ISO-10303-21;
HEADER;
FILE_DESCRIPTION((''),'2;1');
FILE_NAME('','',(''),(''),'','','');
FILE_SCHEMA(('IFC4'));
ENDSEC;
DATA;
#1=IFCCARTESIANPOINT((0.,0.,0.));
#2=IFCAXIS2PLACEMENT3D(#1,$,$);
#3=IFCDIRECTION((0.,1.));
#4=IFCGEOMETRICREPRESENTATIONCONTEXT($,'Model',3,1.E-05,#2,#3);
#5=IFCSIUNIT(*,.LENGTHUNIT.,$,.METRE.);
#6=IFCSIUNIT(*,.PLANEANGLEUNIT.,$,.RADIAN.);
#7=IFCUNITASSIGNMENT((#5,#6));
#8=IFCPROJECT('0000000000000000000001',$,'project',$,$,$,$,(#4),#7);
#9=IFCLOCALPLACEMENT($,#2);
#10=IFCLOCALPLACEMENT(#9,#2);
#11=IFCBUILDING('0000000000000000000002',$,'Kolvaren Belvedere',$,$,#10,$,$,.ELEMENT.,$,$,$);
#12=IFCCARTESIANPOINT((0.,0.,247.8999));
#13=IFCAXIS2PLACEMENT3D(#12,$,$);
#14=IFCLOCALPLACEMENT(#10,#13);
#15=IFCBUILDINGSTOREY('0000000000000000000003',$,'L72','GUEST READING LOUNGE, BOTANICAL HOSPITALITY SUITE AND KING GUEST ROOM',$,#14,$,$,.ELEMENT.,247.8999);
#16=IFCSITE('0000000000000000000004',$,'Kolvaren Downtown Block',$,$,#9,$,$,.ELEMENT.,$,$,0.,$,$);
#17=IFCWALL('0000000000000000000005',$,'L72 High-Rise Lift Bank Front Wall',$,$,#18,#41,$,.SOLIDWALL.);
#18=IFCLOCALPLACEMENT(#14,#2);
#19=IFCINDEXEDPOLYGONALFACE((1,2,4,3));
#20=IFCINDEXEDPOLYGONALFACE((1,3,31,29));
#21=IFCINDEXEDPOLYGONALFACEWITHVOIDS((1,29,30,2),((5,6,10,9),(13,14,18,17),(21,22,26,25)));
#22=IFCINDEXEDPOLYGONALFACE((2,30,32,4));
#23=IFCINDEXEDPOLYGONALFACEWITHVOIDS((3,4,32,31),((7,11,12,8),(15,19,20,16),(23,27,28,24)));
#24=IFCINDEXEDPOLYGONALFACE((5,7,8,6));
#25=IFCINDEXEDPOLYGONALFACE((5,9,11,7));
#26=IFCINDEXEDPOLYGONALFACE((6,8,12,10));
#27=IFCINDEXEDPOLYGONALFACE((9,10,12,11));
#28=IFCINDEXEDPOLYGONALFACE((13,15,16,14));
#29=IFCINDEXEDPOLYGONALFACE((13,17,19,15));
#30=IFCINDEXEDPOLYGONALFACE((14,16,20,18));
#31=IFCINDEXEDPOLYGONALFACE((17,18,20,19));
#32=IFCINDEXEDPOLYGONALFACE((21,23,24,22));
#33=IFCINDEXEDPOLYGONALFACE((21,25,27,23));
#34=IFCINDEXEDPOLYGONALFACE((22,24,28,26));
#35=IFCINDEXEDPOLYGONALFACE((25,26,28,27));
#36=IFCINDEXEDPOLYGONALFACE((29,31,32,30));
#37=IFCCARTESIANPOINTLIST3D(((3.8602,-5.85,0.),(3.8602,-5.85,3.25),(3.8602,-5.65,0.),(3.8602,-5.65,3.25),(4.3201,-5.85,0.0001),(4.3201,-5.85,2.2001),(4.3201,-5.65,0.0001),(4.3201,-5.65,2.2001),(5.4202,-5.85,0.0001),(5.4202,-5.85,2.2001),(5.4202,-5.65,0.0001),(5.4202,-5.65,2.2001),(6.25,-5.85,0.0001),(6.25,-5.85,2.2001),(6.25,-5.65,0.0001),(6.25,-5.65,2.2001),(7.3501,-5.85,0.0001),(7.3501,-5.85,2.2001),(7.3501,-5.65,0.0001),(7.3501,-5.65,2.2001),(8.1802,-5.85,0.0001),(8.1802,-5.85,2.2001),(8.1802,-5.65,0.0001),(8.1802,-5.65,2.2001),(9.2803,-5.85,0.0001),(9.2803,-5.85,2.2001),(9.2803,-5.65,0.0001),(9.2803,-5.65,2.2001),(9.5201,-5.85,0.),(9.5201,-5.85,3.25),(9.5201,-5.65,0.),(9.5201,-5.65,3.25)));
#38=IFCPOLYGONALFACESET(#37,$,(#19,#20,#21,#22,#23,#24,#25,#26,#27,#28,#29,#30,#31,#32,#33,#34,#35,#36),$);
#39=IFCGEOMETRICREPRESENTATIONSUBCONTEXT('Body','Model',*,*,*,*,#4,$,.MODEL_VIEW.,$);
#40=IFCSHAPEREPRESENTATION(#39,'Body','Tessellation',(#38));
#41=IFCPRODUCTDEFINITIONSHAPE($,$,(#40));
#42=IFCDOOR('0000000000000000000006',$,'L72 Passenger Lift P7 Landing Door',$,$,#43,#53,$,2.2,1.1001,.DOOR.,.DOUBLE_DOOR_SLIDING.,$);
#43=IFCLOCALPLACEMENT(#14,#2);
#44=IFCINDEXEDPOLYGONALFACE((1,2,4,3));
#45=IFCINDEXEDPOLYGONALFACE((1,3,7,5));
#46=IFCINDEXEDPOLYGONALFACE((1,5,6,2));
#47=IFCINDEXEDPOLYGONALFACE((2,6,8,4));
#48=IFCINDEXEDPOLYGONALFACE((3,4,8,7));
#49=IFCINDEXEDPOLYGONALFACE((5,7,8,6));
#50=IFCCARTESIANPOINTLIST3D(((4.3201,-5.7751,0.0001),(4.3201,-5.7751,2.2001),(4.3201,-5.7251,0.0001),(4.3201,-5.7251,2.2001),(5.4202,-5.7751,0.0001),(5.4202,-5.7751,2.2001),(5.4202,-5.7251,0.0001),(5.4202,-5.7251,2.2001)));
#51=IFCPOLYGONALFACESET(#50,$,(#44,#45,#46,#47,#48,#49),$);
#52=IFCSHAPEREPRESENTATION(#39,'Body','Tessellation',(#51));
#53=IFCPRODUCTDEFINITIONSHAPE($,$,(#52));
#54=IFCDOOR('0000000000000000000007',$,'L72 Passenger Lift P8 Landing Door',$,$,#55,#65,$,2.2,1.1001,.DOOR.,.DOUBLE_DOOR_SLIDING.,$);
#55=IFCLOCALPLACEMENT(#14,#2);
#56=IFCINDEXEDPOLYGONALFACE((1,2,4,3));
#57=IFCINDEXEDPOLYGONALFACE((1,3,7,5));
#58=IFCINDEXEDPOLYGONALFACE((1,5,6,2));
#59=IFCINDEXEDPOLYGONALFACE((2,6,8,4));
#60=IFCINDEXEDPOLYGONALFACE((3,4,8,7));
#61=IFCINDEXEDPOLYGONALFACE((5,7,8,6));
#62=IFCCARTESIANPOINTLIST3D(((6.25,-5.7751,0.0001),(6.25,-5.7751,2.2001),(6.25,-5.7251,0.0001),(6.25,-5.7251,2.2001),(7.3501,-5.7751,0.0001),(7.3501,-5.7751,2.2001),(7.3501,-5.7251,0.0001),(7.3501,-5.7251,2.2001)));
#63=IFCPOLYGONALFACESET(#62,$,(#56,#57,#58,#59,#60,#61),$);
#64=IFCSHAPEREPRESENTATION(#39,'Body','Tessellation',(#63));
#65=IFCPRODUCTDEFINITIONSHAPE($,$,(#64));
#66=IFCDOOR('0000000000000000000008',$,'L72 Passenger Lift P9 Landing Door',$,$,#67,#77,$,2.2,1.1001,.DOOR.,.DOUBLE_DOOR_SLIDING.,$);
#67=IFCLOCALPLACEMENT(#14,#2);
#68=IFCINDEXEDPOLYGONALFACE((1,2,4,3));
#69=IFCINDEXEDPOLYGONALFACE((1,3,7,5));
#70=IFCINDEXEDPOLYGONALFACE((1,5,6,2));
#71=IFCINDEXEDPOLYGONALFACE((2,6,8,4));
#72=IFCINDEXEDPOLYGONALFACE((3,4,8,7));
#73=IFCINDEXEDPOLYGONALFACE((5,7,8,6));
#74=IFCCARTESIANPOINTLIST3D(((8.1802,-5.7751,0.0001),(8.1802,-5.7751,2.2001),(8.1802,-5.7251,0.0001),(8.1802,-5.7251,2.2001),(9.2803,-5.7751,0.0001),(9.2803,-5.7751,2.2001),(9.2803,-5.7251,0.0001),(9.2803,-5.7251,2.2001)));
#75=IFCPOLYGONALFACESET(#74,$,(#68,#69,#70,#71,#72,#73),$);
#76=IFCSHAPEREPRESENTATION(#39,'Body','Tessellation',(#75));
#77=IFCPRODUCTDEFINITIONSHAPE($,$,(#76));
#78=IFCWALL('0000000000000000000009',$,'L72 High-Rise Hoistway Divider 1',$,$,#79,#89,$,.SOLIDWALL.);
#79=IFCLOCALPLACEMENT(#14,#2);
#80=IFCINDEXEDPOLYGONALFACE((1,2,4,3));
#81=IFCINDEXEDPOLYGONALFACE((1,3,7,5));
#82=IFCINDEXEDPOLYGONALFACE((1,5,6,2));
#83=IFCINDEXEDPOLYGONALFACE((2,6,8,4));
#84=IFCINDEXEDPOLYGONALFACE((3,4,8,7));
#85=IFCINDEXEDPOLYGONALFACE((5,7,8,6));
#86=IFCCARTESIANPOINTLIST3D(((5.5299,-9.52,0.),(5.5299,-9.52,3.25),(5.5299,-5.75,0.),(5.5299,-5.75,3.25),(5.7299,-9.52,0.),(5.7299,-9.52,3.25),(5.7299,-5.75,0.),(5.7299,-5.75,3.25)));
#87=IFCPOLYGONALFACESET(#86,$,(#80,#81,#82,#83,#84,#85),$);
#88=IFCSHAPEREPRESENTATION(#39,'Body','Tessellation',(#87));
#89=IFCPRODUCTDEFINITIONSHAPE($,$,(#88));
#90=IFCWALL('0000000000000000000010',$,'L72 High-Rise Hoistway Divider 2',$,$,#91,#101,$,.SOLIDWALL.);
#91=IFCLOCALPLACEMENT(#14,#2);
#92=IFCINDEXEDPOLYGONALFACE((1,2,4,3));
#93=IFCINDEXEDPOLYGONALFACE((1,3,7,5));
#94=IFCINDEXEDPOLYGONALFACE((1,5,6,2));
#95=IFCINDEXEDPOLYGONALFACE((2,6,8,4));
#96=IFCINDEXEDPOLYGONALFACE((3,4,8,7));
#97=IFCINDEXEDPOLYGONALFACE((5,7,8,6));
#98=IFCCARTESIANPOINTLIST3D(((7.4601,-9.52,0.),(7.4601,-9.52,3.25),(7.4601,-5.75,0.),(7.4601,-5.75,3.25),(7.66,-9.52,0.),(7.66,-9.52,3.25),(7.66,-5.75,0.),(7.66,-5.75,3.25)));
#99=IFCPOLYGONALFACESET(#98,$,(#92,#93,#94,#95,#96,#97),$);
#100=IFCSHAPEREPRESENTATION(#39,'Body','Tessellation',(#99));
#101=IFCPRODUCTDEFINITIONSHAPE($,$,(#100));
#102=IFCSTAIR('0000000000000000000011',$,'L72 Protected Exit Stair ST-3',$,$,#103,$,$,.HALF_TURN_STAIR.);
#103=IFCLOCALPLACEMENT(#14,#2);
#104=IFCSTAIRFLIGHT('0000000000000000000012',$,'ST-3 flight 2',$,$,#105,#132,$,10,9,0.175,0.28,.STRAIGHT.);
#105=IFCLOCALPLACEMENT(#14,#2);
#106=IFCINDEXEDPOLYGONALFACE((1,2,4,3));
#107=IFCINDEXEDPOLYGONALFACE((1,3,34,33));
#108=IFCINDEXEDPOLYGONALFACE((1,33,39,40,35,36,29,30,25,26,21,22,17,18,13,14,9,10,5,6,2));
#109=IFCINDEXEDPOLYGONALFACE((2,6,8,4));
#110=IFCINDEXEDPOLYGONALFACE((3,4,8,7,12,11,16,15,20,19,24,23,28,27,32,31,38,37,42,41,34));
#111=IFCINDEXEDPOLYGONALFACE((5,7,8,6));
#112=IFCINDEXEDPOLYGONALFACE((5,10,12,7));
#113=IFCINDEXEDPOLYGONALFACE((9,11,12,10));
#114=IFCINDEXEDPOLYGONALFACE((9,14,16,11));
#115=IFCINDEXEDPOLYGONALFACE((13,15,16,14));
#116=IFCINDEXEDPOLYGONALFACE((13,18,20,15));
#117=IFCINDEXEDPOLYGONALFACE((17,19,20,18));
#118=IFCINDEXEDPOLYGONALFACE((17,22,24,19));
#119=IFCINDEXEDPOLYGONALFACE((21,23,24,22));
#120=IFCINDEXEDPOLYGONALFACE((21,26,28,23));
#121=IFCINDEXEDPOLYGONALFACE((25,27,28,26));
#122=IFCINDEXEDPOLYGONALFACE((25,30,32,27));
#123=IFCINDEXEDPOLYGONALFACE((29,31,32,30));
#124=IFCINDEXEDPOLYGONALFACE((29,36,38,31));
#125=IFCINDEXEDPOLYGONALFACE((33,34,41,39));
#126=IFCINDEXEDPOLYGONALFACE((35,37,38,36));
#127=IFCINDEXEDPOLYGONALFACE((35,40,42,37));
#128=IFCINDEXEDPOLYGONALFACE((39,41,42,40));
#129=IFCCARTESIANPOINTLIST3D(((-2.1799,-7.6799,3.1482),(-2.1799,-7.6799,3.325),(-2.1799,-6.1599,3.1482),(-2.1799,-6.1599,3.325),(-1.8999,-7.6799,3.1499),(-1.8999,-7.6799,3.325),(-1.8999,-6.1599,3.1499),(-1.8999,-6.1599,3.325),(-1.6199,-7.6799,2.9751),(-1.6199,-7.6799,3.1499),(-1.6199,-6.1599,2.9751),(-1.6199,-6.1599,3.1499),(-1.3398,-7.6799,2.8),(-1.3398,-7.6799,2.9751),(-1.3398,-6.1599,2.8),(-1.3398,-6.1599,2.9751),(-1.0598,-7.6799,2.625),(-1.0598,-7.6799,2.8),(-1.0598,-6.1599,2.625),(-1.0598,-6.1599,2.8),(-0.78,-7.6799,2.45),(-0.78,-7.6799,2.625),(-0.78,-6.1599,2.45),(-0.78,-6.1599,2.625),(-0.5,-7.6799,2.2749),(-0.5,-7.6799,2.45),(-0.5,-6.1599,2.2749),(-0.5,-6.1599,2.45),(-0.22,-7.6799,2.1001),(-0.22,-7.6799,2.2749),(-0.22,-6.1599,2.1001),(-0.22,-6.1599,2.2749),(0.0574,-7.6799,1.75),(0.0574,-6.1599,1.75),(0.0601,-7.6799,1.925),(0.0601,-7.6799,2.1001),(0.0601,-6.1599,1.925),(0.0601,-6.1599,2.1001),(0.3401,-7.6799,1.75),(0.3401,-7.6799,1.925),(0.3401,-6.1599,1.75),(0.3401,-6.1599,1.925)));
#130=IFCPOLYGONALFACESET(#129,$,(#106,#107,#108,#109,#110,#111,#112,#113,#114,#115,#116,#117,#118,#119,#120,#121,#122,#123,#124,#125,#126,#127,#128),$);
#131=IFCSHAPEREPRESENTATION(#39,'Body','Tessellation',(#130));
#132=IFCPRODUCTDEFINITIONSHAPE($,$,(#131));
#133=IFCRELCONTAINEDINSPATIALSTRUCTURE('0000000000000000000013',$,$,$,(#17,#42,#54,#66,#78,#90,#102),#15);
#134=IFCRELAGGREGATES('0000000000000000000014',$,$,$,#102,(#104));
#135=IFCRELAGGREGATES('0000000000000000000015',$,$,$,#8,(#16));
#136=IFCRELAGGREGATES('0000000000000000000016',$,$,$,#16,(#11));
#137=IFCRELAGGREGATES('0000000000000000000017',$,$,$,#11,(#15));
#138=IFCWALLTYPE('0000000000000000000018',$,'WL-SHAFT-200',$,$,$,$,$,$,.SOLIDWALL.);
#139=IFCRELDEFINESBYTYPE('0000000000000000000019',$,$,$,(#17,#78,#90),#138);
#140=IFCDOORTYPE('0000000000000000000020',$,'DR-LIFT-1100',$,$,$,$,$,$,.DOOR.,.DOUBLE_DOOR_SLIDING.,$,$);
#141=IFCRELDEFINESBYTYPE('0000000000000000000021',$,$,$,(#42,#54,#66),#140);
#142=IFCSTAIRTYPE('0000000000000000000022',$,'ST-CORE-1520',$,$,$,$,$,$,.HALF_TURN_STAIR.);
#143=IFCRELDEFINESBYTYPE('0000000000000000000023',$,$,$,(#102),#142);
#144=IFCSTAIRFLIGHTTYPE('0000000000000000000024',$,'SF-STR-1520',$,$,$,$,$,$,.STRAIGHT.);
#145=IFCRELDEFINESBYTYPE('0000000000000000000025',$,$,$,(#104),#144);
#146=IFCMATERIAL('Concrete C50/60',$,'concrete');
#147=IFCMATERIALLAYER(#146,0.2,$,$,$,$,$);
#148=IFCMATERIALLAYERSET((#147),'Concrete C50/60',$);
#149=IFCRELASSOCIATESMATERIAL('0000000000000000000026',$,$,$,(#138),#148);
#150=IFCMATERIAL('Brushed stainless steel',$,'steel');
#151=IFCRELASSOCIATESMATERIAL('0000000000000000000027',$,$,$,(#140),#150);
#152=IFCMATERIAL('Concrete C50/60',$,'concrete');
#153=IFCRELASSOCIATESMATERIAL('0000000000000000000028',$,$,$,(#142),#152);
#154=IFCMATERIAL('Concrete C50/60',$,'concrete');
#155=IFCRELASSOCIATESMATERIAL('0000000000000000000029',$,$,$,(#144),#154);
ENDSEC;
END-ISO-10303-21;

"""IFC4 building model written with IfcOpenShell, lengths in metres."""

from ifc_helpers import new_model, si_unit, direction, frame, frame_2d, origin, place, context, subcontext, project, spatial, polyline, rectangle, outline, extrude, material, layer, layer_set, type_object, element, fill, aggregate, save


model = new_model("IFC4")

# Units and contexts
model_context = context("Model", 3, precision=1e-05, world=origin(), true_north=direction((0.0, 1.0)))
body_context = subcontext(model_context, "Body", "Model", "MODEL_VIEW")
ifc_project = project(units=[si_unit("LENGTHUNIT", "METRE"), si_unit("PLANEANGLEUNIT", "RADIAN")], contexts=[model_context])

# Site, building, storey
site_placement = place(None, origin())
site = spatial("IfcSite", under=ifc_project, at=site_placement, Name="Kolvaren Downtown Block", CompositionType="ELEMENT", RefElevation=0.0)
building_placement = place(site_placement, origin())
building = spatial("IfcBuilding", under=site, at=building_placement, Name="Kolvaren Belvedere", CompositionType="ELEMENT")
storey_placement = place(building_placement, frame((0.0, 0.0, 247.8999)))
storey = spatial("IfcBuildingStorey", under=building, at=storey_placement, Name="L72", Description="GUEST READING LOUNGE, BOTANICAL HOSPITALITY SUITE AND KING GUEST ROOM", CompositionType="ELEMENT", Elevation=247.8999)

# Shared definitions
ifc_material_1 = material(Name="Concrete C50/60", Category="concrete")
ifc_layer_1 = layer(ifc_material_1, 0.2)
ifc_layer_set_1 = layer_set([ifc_layer_1], Name="Concrete C50/60")
wall_type_1 = type_object("IfcWallType", Name="WL-SHAFT-200", PredefinedType="SOLIDWALL", material=ifc_layer_set_1)
ifc_material_2 = material(Name="Brushed stainless steel", Category="steel")
door_type_1 = type_object("IfcDoorType", Name="DR-LIFT-1100", OperationType="DOUBLE_DOOR_SLIDING", PredefinedType="DOOR", material=ifc_material_2)

# Wall, openings, doors
wall_1_placement = place(storey_placement, frame((3.8601, -5.75, 0.0), z_axis=(0.0, 0.0, 1.0), x_axis=(1.0, 0.0, 0.0)))
wall_1 = element("IfcWall", 1, at=wall_1_placement, inside=storey, type_object=wall_type_1, Name="L72 High-Rise Lift Bank Front Wall", PredefinedType="SOLIDWALL", context=body_context, shape_type="SweptSolid", body=[
    extrude(rectangle(XDim=5.6599, YDim=0.2, at=frame_2d((2.8301, 0.0))), origin(), (0.0, 0.0, 1.0), 3.25),
])
opening_1_placement = place(wall_1_placement, frame((0.46, 0.0, 0.0)))
opening_1 = element("IfcOpeningElement", 2, at=opening_1_placement, cuts=wall_1, PredefinedType="OPENING", context=body_context, shape_type="SweptSolid", body=[
    extrude(rectangle(XDim=1.1001, YDim=2.2, at=frame_2d((0.55, 1.1001))), frame((0.0, 0.1099, 0.0), z_axis=(0.0, -1.0, 0.0), x_axis=(1.0, 0.0, 0.0)), (0.0, 0.0, 1.0), 0.22),
])
opening_2_placement = place(wall_1_placement, frame((2.3899, 0.0, 0.0)))
opening_2 = element("IfcOpeningElement", 3, at=opening_2_placement, cuts=wall_1, PredefinedType="OPENING", context=body_context, shape_type="SweptSolid", body=[
    extrude(rectangle(XDim=1.1001, YDim=2.2, at=frame_2d((0.55, 1.1001))), frame((0.0, 0.1099, 0.0), z_axis=(0.0, -1.0, 0.0), x_axis=(1.0, 0.0, 0.0)), (0.0, 0.0, 1.0), 0.22),
])
opening_3_placement = place(wall_1_placement, frame((4.3201, 0.0, 0.0)))
opening_3 = element("IfcOpeningElement", 4, at=opening_3_placement, cuts=wall_1, PredefinedType="OPENING", context=body_context, shape_type="SweptSolid", body=[
    extrude(rectangle(XDim=1.1001, YDim=2.2, at=frame_2d((0.55, 1.1001))), frame((0.0, 0.1099, 0.0), z_axis=(0.0, -1.0, 0.0), x_axis=(1.0, 0.0, 0.0)), (0.0, 0.0, 1.0), 0.22),
])
door_1_placement = place(opening_1_placement, origin())
door_1 = element("IfcDoor", 5, at=door_1_placement, inside=storey, type_object=door_type_1, Name="L72 Passenger Lift P7 Landing Door", OperationType="DOUBLE_DOOR_SLIDING", OverallHeight=2.2, OverallWidth=1.1001, PredefinedType="DOOR", context=body_context, shape_type="SweptSolid", body=[
    extrude(rectangle(XDim=1.1001, YDim=2.2, at=frame_2d((0.55, 1.1001))), frame((0.0, 0.0249, 0.0), z_axis=(0.0, -1.0, 0.0), x_axis=(1.0, 0.0, 0.0)), (0.0, 0.0, 1.0), 0.05),
])
fill(opening_1, door_1)
door_2_placement = place(opening_2_placement, origin())
door_2 = element("IfcDoor", 6, at=door_2_placement, inside=storey, type_object=door_type_1, Name="L72 Passenger Lift P8 Landing Door", OperationType="DOUBLE_DOOR_SLIDING", OverallHeight=2.2, OverallWidth=1.1001, PredefinedType="DOOR", context=body_context, shape_type="SweptSolid", body=[
    extrude(rectangle(XDim=1.1001, YDim=2.2, at=frame_2d((0.55, 1.1001))), frame((0.0, 0.0249, 0.0), z_axis=(0.0, -1.0, 0.0), x_axis=(1.0, 0.0, 0.0)), (0.0, 0.0, 1.0), 0.05),
])
fill(opening_2, door_2)
door_3_placement = place(opening_3_placement, origin())
door_3 = element("IfcDoor", 7, at=door_3_placement, inside=storey, type_object=door_type_1, Name="L72 Passenger Lift P9 Landing Door", OperationType="DOUBLE_DOOR_SLIDING", OverallHeight=2.2, OverallWidth=1.1001, PredefinedType="DOOR", context=body_context, shape_type="SweptSolid", body=[
    extrude(rectangle(XDim=1.1001, YDim=2.2, at=frame_2d((0.55, 1.1001))), frame((0.0, 0.0249, 0.0), z_axis=(0.0, -1.0, 0.0), x_axis=(1.0, 0.0, 0.0)), (0.0, 0.0, 1.0), 0.05),
])
fill(opening_3, door_3)

# Walls
for number, where, z_axis, x_axis, name in (
    (8, (5.6299, -9.52, 0.0), (0.0, 0.0, 1.0), (0.0, 1.0, 0.0), "L72 High-Rise Hoistway Divider 1"),
    (9, (7.5601, -9.52, 0.0), (0.0, 0.0, 1.0), (0.0, 1.0, 0.0), "L72 High-Rise Hoistway Divider 2"),
):
    element("IfcWall", number, at=place(storey_placement, frame(where, z_axis=z_axis, x_axis=x_axis)), inside=storey, type_object=wall_type_1, Name=name, PredefinedType="SOLIDWALL", context=body_context, shape_type="SweptSolid", body=[
        extrude(rectangle(XDim=3.77, YDim=0.2, at=frame_2d((1.885, 0.0))), origin(), (0.0, 0.0, 1.0), 3.25),
    ])

# Stair, stair flight
ifc_material_3 = material(Name="Concrete C50/60", Category="concrete")
stair_type = type_object("IfcStairType", Name="ST-CORE-1520", PredefinedType="HALF_TURN_STAIR", material=ifc_material_3)
stair_placement = place(storey_placement, origin())
stair = element("IfcStair", 10, at=stair_placement, inside=storey, type_object=stair_type, Name="L72 Protected Exit Stair ST-3", PredefinedType="HALF_TURN_STAIR")
ifc_material_4 = material(Name="Concrete C50/60", Category="concrete")
stair_flight_type = type_object("IfcStairFlightType", Name="SF-STR-1520", PredefinedType="STRAIGHT", material=ifc_material_4)
stair_flight_placement = place(storey_placement, frame((0.3401, -6.9199, 1.75), z_axis=(0.0, 0.0, 1.0), x_axis=(-1.0, 0.0, 0.0)))
stair_flight = element("IfcStairFlight", 11, at=stair_flight_placement, type_object=stair_flight_type, Name="ST-3 flight 2", NumberOfRisers=10, NumberOfTreads=9, PredefinedType="STRAIGHT", RiserHeight=0.175, TreadLength=0.28, context=body_context, shape_type="SweptSolid", body=[
    extrude(outline(polyline([(0.0, 0.0), (0.0, 0.175), (0.28, 0.175), (0.28, 0.3501), (0.5601, 0.3501), (0.5601, 0.5249), (0.8401, 0.5249), (0.8401, 0.7), (1.1201, 0.7), (1.1201, 0.875), (1.3999, 0.875), (1.3999, 1.05), (1.6799, 1.05), (1.6799, 1.2251), (1.96, 1.2251), (1.96, 1.3999), (2.24, 1.3999), (2.24, 1.575), (2.52, 1.575), (2.52, 1.75), (2.52, 1.3982), (0.2827, 0.0), (0.0, 0.0)])), frame((0.0, 0.76, 0.0), z_axis=(0.0, -1.0, 0.0), x_axis=(1.0, 0.0, 0.0)), (0.0, 0.0, 1.0), 1.52),
])
aggregate(stair, [stair_flight])

save(model, "model.ifc")
